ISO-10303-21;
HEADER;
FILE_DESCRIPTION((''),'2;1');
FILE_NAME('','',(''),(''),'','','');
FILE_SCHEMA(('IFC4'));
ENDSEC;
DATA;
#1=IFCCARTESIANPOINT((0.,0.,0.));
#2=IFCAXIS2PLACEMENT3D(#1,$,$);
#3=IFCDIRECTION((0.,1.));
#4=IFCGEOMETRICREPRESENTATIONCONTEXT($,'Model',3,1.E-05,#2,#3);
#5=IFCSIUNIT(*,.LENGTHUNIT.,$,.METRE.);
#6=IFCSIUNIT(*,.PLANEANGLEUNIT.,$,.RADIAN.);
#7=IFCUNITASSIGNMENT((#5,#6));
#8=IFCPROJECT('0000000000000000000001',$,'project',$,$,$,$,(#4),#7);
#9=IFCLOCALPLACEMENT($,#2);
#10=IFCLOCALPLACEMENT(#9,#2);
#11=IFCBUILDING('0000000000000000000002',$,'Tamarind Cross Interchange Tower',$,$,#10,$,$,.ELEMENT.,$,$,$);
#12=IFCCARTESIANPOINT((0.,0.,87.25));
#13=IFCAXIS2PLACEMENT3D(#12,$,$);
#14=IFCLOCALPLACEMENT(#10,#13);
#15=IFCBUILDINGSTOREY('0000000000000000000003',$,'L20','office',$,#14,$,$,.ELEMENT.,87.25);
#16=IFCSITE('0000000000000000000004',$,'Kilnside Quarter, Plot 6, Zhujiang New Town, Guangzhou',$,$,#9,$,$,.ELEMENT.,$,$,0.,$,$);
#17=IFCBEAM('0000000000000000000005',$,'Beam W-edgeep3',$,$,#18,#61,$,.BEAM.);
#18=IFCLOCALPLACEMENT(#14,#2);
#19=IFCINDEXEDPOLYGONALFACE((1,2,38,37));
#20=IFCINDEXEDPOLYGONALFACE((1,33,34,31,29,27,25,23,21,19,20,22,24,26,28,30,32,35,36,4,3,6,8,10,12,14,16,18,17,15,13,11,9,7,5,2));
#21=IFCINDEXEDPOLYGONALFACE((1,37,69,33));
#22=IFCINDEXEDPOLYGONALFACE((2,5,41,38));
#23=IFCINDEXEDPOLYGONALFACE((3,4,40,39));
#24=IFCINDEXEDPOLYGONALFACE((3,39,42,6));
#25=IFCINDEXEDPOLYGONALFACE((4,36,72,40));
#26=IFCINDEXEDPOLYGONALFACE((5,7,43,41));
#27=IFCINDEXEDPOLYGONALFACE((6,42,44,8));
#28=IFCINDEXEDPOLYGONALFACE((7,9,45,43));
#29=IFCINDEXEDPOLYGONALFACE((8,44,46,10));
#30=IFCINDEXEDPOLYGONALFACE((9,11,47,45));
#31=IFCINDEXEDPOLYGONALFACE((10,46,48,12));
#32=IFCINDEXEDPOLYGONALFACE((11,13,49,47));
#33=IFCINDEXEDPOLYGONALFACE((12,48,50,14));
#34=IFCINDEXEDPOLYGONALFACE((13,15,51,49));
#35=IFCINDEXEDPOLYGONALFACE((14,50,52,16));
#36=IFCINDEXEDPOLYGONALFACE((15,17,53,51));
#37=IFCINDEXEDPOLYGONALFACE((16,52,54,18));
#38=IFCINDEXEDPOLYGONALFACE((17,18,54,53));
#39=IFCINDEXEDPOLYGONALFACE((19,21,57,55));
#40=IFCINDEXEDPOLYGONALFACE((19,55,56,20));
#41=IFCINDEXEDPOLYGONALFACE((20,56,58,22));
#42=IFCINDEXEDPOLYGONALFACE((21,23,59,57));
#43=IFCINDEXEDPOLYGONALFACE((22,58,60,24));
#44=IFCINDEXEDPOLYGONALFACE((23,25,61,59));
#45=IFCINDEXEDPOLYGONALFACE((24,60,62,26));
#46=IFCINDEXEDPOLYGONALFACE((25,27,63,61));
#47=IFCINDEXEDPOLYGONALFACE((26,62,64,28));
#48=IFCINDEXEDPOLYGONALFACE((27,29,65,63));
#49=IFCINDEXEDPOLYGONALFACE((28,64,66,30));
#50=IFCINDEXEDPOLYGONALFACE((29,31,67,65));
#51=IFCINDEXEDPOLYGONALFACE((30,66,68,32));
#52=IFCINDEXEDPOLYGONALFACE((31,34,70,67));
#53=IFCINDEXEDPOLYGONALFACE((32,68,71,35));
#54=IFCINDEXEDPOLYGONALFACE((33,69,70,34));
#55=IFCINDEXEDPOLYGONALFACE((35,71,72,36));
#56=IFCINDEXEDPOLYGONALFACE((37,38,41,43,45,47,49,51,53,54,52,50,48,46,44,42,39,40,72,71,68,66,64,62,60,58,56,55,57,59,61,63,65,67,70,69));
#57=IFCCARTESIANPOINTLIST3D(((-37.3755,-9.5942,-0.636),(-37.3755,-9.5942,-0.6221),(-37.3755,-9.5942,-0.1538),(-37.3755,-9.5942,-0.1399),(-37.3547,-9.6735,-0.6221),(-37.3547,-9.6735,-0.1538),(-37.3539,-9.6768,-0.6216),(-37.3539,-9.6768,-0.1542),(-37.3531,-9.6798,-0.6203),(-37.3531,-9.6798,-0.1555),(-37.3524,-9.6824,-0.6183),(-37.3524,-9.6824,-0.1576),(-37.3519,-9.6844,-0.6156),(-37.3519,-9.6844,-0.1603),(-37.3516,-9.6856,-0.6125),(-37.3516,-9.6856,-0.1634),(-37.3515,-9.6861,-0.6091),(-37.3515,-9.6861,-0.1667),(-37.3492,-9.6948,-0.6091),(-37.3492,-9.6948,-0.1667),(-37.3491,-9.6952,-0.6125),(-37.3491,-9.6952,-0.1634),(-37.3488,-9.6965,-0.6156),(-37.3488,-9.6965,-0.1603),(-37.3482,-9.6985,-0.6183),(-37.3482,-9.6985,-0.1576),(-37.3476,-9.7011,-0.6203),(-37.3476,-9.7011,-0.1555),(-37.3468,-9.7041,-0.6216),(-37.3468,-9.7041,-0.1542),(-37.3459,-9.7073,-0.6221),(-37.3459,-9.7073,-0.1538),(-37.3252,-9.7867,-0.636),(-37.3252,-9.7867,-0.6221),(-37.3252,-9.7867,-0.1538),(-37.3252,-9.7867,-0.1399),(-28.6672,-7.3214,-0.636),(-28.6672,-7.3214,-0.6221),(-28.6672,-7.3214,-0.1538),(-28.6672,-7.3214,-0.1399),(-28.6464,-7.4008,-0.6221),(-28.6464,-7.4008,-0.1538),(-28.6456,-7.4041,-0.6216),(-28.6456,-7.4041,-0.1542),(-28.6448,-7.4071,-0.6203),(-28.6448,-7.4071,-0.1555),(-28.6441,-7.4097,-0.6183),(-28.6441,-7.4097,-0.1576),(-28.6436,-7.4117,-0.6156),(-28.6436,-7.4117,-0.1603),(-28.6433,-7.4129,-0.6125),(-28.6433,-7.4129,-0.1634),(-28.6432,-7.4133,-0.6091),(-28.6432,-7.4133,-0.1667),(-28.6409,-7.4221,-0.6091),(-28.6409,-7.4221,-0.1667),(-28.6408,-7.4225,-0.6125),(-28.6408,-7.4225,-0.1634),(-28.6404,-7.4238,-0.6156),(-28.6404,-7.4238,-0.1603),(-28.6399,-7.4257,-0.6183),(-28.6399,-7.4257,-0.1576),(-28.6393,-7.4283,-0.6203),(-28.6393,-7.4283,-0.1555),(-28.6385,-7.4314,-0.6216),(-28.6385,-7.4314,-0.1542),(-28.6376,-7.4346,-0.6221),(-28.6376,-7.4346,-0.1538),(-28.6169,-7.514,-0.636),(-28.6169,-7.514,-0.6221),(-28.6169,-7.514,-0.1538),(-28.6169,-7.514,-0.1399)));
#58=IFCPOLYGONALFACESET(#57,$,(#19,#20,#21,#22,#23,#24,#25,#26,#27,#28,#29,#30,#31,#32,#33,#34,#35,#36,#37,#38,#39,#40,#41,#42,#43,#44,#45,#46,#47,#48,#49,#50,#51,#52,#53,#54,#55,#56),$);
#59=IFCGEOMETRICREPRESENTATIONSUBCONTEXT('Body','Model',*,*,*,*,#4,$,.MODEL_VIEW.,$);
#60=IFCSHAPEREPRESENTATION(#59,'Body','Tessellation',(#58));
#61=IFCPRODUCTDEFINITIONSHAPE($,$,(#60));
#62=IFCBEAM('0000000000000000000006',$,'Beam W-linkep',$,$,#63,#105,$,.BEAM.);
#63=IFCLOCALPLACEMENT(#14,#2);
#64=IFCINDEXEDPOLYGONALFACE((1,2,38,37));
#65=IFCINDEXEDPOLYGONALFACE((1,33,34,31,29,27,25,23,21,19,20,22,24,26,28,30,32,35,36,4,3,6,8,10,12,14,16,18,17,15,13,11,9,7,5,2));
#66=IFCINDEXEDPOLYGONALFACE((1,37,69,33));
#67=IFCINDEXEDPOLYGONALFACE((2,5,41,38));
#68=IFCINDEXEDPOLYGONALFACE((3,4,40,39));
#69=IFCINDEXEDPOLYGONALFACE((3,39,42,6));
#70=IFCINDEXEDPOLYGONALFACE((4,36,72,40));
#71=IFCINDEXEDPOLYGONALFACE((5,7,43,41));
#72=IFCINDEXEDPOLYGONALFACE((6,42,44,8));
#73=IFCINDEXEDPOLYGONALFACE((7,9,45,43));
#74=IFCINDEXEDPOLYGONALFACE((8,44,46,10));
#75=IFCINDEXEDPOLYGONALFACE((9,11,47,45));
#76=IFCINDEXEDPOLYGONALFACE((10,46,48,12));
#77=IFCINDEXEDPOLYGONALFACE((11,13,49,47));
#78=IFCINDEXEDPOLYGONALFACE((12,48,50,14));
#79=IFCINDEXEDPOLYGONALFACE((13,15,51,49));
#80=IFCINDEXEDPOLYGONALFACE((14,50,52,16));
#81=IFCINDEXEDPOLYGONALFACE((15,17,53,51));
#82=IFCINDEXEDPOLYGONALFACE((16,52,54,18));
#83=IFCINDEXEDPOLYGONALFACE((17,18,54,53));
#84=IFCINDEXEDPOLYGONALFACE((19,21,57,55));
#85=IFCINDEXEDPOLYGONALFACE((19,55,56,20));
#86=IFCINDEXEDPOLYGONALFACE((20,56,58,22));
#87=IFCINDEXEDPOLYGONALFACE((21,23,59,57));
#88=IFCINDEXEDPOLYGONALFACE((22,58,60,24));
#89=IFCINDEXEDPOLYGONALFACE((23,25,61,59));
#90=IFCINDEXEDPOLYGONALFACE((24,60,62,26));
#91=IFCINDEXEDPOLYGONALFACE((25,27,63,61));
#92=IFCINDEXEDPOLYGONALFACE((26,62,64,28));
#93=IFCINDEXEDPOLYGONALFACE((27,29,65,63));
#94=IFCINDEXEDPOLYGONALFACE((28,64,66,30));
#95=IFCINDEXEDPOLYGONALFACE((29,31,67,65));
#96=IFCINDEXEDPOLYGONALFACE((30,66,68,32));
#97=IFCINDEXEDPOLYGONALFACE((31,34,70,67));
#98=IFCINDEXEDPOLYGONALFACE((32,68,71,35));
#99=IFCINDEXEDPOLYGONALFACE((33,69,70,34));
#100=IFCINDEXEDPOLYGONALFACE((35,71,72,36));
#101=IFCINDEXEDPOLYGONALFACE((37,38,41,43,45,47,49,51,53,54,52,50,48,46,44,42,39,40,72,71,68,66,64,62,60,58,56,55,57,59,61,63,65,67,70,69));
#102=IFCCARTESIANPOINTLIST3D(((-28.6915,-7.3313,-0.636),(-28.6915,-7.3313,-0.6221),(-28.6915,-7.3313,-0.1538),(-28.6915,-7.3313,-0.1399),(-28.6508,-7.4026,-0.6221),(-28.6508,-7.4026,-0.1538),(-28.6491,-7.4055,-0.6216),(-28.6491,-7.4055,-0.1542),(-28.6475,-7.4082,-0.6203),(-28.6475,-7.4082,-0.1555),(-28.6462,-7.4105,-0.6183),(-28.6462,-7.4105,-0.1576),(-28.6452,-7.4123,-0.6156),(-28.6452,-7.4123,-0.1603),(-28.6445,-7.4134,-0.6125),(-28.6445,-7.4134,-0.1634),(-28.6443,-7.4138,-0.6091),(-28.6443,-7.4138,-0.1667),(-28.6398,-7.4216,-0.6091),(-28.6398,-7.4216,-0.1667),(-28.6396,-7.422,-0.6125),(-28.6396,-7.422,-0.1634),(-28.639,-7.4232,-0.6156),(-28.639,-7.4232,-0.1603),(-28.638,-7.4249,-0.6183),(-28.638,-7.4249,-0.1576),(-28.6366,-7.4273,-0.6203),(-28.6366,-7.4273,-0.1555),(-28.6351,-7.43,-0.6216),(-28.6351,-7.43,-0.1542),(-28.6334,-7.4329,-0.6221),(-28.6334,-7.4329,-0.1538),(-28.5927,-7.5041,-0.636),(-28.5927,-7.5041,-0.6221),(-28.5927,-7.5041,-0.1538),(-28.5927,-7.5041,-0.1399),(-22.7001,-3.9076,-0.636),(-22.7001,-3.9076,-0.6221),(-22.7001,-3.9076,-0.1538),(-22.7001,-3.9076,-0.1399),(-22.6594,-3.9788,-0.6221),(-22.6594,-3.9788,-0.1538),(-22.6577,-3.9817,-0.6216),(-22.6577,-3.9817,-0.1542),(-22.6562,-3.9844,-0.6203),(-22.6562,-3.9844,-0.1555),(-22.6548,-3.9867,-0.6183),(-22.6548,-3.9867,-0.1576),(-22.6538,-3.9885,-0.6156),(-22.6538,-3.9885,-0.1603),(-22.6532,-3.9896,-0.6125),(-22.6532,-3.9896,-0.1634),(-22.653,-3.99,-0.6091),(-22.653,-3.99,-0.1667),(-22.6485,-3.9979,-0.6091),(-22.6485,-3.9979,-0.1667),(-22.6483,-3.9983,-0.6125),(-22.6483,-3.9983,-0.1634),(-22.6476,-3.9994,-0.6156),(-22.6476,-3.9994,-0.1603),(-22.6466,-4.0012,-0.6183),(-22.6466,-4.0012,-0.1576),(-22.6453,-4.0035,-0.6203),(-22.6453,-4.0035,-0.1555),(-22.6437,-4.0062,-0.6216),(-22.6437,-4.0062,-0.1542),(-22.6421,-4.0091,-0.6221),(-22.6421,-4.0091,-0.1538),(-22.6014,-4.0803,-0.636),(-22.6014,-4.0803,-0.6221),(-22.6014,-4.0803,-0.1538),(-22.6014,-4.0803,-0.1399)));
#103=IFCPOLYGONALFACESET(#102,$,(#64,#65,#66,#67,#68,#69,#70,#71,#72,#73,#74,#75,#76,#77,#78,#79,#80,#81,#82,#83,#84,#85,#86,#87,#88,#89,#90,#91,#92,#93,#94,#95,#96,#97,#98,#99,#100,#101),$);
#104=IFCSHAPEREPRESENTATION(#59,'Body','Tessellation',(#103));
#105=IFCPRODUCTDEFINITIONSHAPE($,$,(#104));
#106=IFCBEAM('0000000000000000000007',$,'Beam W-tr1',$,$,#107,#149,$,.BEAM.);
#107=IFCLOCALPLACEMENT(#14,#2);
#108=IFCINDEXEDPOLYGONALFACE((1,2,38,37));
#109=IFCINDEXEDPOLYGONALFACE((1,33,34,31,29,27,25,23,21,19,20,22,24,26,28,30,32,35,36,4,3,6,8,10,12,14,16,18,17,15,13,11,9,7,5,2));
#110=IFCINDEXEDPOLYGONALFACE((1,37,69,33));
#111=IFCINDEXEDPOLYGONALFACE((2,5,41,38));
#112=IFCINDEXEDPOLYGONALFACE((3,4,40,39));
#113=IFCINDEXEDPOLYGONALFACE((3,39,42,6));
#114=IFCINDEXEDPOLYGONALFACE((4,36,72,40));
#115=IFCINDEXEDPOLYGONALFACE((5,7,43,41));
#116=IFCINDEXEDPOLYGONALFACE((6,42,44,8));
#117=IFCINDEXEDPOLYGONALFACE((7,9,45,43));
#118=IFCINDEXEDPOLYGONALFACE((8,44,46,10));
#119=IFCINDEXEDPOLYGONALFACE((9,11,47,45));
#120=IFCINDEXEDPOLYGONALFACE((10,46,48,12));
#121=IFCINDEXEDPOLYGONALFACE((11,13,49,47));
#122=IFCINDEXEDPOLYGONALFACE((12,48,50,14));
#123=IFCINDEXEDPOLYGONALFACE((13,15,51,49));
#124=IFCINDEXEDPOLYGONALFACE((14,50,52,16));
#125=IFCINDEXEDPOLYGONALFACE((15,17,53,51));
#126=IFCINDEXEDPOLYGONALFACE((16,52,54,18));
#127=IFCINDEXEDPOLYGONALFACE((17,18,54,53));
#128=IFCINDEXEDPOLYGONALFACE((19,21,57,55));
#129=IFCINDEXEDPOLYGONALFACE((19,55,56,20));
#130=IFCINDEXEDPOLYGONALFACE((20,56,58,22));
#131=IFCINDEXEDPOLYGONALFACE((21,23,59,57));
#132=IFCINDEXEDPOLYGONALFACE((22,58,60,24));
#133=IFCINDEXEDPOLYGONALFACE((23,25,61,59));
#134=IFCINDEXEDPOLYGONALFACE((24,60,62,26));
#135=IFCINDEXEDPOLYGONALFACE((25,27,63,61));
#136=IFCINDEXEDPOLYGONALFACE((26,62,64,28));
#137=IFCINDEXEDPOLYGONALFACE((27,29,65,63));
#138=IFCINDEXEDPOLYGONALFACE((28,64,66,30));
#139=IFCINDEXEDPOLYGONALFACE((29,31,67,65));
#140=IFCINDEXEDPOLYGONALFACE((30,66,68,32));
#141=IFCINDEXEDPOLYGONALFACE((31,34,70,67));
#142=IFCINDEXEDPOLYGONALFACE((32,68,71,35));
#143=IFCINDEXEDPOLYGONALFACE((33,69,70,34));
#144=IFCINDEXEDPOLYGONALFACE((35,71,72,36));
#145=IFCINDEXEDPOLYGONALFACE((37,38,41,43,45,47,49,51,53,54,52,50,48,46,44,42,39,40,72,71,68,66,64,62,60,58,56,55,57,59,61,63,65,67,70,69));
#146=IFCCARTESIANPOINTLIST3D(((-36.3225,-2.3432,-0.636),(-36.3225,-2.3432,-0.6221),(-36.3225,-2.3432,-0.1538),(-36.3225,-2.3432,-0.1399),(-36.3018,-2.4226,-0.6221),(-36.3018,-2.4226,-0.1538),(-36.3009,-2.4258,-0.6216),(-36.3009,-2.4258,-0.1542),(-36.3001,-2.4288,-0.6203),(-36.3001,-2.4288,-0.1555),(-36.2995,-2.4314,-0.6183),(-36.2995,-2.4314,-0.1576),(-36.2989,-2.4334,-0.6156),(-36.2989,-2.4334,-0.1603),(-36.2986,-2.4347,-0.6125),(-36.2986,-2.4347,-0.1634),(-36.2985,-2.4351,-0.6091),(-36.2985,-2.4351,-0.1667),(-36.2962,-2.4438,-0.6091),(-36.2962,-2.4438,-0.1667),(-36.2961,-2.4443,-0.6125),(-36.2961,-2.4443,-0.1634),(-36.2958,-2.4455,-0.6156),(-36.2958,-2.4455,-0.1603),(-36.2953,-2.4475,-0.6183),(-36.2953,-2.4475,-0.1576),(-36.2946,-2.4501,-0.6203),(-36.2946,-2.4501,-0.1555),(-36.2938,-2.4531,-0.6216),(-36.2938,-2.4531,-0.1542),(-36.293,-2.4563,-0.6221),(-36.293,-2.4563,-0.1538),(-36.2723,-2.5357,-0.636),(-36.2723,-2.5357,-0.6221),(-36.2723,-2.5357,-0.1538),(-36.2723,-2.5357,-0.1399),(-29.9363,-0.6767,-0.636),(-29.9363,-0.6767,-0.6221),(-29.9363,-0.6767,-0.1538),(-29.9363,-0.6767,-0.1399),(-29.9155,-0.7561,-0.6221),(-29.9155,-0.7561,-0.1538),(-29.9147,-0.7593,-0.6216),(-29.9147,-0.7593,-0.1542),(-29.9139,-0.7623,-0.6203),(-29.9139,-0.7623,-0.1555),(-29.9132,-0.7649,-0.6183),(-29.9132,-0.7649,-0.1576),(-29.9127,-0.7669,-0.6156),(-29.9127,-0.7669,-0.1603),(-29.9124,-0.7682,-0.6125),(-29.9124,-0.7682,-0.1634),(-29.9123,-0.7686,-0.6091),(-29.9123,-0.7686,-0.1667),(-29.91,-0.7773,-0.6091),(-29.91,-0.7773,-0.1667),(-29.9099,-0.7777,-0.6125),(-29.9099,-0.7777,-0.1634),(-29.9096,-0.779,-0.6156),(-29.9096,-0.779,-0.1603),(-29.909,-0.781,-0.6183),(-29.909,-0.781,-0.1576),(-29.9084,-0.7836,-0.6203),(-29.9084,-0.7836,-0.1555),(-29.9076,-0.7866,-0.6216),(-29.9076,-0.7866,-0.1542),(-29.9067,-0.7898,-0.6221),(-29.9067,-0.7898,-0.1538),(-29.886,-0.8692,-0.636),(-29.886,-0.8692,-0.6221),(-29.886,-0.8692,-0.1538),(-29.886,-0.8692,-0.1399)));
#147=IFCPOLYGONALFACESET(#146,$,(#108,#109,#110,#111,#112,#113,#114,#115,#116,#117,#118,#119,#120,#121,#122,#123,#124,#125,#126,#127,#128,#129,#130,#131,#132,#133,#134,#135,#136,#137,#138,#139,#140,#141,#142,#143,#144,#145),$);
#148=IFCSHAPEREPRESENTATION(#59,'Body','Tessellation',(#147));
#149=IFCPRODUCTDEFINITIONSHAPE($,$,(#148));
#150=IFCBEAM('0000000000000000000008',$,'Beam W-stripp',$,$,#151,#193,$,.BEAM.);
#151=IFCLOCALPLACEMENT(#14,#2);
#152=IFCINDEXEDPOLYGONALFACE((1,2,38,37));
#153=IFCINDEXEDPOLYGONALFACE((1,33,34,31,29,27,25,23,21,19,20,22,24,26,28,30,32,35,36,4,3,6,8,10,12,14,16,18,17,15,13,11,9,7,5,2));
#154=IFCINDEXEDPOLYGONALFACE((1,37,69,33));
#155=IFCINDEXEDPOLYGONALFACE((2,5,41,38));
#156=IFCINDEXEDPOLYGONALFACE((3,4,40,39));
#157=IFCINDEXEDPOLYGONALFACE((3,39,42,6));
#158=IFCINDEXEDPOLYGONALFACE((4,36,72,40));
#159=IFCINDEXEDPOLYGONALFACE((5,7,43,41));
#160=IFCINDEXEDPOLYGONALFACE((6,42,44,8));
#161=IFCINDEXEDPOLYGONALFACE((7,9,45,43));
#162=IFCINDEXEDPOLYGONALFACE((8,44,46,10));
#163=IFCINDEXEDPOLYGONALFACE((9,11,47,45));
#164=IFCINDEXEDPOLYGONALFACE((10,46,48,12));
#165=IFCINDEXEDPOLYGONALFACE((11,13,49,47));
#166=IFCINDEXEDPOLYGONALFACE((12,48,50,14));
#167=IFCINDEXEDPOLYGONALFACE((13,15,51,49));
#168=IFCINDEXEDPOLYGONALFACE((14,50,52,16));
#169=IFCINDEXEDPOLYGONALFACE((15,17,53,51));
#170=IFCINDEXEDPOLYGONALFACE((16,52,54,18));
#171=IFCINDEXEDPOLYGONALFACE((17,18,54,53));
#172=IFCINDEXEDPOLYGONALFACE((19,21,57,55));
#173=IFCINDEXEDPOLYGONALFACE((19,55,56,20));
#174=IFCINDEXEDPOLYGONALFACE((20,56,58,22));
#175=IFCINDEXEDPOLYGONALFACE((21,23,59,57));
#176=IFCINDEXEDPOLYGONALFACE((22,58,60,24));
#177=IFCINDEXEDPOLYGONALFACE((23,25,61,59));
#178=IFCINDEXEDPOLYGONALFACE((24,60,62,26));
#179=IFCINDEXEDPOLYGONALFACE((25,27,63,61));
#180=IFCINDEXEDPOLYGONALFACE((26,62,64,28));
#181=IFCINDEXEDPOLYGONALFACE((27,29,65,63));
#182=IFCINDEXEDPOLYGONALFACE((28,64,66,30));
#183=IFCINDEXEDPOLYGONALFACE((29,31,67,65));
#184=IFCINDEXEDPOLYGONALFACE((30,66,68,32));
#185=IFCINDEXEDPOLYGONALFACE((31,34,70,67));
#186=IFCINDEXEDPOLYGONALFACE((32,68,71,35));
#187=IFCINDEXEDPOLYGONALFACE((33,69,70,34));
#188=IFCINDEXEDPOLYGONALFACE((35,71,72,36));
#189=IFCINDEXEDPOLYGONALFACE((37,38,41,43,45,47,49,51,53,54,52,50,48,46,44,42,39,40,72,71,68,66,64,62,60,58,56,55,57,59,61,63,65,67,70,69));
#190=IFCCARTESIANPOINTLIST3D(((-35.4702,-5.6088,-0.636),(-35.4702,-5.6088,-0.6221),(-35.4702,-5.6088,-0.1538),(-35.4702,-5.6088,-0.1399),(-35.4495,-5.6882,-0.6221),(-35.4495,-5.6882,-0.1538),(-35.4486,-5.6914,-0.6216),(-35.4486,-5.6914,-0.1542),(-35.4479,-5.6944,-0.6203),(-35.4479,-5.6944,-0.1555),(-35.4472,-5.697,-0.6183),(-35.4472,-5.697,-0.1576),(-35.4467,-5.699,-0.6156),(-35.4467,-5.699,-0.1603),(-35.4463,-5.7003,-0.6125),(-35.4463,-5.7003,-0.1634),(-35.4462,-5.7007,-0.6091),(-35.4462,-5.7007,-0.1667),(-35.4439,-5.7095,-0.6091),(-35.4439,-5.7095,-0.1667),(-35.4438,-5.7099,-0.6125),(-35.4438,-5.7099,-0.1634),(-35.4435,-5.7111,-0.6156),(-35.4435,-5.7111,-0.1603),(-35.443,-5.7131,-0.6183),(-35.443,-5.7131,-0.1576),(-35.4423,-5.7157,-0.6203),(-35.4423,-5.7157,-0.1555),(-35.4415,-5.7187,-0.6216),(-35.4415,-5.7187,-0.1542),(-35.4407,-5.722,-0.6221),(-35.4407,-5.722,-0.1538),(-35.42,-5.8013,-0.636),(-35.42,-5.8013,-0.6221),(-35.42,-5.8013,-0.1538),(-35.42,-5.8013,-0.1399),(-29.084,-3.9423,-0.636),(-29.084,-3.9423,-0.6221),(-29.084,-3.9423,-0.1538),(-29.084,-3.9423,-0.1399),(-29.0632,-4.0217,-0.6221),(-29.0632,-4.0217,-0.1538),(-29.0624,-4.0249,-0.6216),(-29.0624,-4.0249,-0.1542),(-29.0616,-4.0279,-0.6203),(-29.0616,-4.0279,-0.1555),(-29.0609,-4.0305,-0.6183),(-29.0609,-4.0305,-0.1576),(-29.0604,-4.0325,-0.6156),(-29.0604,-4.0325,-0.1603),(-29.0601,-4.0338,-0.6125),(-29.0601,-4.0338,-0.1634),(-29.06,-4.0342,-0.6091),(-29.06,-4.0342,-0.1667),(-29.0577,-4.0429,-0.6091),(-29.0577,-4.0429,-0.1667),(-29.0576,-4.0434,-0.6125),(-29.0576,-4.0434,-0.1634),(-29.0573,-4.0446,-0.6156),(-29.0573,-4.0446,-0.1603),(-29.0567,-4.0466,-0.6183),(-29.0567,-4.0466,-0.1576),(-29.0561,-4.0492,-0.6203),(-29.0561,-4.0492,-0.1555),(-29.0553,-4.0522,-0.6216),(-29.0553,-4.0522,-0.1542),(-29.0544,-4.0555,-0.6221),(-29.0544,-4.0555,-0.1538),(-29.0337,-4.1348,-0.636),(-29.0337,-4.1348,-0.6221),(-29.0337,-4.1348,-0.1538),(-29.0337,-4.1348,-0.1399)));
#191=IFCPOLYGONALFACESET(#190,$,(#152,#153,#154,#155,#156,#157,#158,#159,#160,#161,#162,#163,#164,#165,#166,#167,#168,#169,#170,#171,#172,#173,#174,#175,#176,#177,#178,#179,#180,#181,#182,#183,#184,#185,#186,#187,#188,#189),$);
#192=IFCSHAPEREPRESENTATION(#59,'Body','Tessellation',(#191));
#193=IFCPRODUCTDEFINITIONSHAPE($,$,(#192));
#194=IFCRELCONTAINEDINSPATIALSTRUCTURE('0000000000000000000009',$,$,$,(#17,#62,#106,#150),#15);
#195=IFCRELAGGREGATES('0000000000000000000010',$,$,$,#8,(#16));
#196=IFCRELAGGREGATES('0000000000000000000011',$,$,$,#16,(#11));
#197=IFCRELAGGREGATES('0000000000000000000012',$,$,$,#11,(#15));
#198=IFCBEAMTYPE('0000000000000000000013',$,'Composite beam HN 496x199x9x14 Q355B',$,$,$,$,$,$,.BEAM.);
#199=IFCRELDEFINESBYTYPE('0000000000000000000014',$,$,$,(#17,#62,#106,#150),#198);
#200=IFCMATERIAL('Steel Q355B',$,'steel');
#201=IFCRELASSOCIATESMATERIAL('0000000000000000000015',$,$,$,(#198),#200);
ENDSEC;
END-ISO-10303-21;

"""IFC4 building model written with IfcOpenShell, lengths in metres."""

from ifc_helpers import new_model, si_unit, direction, frame, origin, origin_2d, place, context, subcontext, project, spatial, i_section, extrude, material, material_profile, profile_set, type_object, element, save


model = new_model("IFC4")

# Units and contexts
model_context = context("Model", 3, precision=1e-05, world=origin(), true_north=direction((0.0, 1.0)))
body_context = subcontext(model_context, "Body", "Model", "MODEL_VIEW")
ifc_project = project(units=[si_unit("LENGTHUNIT", "METRE"), si_unit("PLANEANGLEUNIT", "RADIAN")], contexts=[model_context])

# Site, building, storey
site_placement = place(None, origin())
site = spatial("IfcSite", under=ifc_project, at=site_placement, Name="Kilnside Quarter, Plot 6, Zhujiang New Town, Guangzhou", CompositionType="ELEMENT", RefElevation=0.0)
building_placement = place(site_placement, origin())
building = spatial("IfcBuilding", under=site, at=building_placement, Name="Tamarind Cross Interchange Tower", CompositionType="ELEMENT")
storey_placement = place(building_placement, frame((0.0, 0.0, 87.25)))
storey = spatial("IfcBuildingStorey", under=building, at=storey_placement, Name="L20", Description="office", CompositionType="ELEMENT", Elevation=87.25)

# Beams
ifc_material_1 = material(Name="Steel Q355B", Category="steel")
ifc_material_profile_1 = material_profile(ifc_material_1, i_section(OverallWidth=0.199, OverallDepth=0.4961, WebThickness=0.009, FlangeThickness=0.0139, FilletRadius=0.0129, at=origin_2d()), Name="HN 496x199x9x14")
ifc_profile_set_1 = profile_set([ifc_material_profile_1], Name="Steel Q355B")
beam_type_1 = type_object("IfcBeamType", Name="Composite beam HN 496x199x9x14 Q355B", PredefinedType="BEAM", material=ifc_profile_set_1)
beam_1_placement = place(storey_placement, frame((-37.3503, -9.6904, -0.3879), z_axis=(0.96759, 0.252525, 0.0), x_axis=(-0.252525, 0.96759, 0.0)))
element("IfcBeam", 1, at=beam_1_placement, inside=storey, type_object=beam_type_1, Name="Beam W-edgeep3", PredefinedType="BEAM", context=body_context, shape_type="SweptSolid", body=[
    extrude(i_section(OverallWidth=0.199, OverallDepth=0.4961, WebThickness=0.009, FlangeThickness=0.0139, FilletRadius=0.0129, at=origin_2d()), origin(), (0.0, 0.0, 1.0), 9.0),
])
beam_2_placement = place(storey_placement, frame((-28.6421, -7.4177, -0.3879), z_axis=(0.868234, 0.496154, 0.0), x_axis=(-0.496154, 0.868234, 0.0)))
element("IfcBeam", 2, at=beam_2_placement, inside=storey, type_object=beam_type_1, Name="Beam W-linkep", PredefinedType="BEAM", context=body_context, shape_type="SweptSolid", body=[
    extrude(i_section(OverallWidth=0.199, OverallDepth=0.4961, WebThickness=0.009, FlangeThickness=0.0139, FilletRadius=0.0129, at=origin_2d()), origin(), (0.0, 0.0, 1.0), 6.9006),
])
for number, where, z_axis, x_axis, name in (
    (3, (-29.9111, -0.7729, -0.3879), (-0.967598, -0.252497, 0.0), (0.252497, -0.967598, 0.0), "Beam W-tr1"),
    (4, (-29.0588, -4.0386, -0.3879), (-0.967598, -0.252497, 0.0), (0.252497, -0.967598, 0.0), "Beam W-stripp"),
):
    element("IfcBeam", number, at=place(storey_placement, frame(where, z_axis=z_axis, x_axis=x_axis)), inside=storey, type_object=beam_type_1, Name=name, PredefinedType="BEAM", context=body_context, shape_type="SweptSolid", body=[
        extrude(i_section(OverallWidth=0.199, OverallDepth=0.4961, WebThickness=0.009, FlangeThickness=0.0139, FilletRadius=0.0129, at=origin_2d()), origin(), (0.0, 0.0, 1.0), 6.6001),
    ])

save(model, "model.ifc")
